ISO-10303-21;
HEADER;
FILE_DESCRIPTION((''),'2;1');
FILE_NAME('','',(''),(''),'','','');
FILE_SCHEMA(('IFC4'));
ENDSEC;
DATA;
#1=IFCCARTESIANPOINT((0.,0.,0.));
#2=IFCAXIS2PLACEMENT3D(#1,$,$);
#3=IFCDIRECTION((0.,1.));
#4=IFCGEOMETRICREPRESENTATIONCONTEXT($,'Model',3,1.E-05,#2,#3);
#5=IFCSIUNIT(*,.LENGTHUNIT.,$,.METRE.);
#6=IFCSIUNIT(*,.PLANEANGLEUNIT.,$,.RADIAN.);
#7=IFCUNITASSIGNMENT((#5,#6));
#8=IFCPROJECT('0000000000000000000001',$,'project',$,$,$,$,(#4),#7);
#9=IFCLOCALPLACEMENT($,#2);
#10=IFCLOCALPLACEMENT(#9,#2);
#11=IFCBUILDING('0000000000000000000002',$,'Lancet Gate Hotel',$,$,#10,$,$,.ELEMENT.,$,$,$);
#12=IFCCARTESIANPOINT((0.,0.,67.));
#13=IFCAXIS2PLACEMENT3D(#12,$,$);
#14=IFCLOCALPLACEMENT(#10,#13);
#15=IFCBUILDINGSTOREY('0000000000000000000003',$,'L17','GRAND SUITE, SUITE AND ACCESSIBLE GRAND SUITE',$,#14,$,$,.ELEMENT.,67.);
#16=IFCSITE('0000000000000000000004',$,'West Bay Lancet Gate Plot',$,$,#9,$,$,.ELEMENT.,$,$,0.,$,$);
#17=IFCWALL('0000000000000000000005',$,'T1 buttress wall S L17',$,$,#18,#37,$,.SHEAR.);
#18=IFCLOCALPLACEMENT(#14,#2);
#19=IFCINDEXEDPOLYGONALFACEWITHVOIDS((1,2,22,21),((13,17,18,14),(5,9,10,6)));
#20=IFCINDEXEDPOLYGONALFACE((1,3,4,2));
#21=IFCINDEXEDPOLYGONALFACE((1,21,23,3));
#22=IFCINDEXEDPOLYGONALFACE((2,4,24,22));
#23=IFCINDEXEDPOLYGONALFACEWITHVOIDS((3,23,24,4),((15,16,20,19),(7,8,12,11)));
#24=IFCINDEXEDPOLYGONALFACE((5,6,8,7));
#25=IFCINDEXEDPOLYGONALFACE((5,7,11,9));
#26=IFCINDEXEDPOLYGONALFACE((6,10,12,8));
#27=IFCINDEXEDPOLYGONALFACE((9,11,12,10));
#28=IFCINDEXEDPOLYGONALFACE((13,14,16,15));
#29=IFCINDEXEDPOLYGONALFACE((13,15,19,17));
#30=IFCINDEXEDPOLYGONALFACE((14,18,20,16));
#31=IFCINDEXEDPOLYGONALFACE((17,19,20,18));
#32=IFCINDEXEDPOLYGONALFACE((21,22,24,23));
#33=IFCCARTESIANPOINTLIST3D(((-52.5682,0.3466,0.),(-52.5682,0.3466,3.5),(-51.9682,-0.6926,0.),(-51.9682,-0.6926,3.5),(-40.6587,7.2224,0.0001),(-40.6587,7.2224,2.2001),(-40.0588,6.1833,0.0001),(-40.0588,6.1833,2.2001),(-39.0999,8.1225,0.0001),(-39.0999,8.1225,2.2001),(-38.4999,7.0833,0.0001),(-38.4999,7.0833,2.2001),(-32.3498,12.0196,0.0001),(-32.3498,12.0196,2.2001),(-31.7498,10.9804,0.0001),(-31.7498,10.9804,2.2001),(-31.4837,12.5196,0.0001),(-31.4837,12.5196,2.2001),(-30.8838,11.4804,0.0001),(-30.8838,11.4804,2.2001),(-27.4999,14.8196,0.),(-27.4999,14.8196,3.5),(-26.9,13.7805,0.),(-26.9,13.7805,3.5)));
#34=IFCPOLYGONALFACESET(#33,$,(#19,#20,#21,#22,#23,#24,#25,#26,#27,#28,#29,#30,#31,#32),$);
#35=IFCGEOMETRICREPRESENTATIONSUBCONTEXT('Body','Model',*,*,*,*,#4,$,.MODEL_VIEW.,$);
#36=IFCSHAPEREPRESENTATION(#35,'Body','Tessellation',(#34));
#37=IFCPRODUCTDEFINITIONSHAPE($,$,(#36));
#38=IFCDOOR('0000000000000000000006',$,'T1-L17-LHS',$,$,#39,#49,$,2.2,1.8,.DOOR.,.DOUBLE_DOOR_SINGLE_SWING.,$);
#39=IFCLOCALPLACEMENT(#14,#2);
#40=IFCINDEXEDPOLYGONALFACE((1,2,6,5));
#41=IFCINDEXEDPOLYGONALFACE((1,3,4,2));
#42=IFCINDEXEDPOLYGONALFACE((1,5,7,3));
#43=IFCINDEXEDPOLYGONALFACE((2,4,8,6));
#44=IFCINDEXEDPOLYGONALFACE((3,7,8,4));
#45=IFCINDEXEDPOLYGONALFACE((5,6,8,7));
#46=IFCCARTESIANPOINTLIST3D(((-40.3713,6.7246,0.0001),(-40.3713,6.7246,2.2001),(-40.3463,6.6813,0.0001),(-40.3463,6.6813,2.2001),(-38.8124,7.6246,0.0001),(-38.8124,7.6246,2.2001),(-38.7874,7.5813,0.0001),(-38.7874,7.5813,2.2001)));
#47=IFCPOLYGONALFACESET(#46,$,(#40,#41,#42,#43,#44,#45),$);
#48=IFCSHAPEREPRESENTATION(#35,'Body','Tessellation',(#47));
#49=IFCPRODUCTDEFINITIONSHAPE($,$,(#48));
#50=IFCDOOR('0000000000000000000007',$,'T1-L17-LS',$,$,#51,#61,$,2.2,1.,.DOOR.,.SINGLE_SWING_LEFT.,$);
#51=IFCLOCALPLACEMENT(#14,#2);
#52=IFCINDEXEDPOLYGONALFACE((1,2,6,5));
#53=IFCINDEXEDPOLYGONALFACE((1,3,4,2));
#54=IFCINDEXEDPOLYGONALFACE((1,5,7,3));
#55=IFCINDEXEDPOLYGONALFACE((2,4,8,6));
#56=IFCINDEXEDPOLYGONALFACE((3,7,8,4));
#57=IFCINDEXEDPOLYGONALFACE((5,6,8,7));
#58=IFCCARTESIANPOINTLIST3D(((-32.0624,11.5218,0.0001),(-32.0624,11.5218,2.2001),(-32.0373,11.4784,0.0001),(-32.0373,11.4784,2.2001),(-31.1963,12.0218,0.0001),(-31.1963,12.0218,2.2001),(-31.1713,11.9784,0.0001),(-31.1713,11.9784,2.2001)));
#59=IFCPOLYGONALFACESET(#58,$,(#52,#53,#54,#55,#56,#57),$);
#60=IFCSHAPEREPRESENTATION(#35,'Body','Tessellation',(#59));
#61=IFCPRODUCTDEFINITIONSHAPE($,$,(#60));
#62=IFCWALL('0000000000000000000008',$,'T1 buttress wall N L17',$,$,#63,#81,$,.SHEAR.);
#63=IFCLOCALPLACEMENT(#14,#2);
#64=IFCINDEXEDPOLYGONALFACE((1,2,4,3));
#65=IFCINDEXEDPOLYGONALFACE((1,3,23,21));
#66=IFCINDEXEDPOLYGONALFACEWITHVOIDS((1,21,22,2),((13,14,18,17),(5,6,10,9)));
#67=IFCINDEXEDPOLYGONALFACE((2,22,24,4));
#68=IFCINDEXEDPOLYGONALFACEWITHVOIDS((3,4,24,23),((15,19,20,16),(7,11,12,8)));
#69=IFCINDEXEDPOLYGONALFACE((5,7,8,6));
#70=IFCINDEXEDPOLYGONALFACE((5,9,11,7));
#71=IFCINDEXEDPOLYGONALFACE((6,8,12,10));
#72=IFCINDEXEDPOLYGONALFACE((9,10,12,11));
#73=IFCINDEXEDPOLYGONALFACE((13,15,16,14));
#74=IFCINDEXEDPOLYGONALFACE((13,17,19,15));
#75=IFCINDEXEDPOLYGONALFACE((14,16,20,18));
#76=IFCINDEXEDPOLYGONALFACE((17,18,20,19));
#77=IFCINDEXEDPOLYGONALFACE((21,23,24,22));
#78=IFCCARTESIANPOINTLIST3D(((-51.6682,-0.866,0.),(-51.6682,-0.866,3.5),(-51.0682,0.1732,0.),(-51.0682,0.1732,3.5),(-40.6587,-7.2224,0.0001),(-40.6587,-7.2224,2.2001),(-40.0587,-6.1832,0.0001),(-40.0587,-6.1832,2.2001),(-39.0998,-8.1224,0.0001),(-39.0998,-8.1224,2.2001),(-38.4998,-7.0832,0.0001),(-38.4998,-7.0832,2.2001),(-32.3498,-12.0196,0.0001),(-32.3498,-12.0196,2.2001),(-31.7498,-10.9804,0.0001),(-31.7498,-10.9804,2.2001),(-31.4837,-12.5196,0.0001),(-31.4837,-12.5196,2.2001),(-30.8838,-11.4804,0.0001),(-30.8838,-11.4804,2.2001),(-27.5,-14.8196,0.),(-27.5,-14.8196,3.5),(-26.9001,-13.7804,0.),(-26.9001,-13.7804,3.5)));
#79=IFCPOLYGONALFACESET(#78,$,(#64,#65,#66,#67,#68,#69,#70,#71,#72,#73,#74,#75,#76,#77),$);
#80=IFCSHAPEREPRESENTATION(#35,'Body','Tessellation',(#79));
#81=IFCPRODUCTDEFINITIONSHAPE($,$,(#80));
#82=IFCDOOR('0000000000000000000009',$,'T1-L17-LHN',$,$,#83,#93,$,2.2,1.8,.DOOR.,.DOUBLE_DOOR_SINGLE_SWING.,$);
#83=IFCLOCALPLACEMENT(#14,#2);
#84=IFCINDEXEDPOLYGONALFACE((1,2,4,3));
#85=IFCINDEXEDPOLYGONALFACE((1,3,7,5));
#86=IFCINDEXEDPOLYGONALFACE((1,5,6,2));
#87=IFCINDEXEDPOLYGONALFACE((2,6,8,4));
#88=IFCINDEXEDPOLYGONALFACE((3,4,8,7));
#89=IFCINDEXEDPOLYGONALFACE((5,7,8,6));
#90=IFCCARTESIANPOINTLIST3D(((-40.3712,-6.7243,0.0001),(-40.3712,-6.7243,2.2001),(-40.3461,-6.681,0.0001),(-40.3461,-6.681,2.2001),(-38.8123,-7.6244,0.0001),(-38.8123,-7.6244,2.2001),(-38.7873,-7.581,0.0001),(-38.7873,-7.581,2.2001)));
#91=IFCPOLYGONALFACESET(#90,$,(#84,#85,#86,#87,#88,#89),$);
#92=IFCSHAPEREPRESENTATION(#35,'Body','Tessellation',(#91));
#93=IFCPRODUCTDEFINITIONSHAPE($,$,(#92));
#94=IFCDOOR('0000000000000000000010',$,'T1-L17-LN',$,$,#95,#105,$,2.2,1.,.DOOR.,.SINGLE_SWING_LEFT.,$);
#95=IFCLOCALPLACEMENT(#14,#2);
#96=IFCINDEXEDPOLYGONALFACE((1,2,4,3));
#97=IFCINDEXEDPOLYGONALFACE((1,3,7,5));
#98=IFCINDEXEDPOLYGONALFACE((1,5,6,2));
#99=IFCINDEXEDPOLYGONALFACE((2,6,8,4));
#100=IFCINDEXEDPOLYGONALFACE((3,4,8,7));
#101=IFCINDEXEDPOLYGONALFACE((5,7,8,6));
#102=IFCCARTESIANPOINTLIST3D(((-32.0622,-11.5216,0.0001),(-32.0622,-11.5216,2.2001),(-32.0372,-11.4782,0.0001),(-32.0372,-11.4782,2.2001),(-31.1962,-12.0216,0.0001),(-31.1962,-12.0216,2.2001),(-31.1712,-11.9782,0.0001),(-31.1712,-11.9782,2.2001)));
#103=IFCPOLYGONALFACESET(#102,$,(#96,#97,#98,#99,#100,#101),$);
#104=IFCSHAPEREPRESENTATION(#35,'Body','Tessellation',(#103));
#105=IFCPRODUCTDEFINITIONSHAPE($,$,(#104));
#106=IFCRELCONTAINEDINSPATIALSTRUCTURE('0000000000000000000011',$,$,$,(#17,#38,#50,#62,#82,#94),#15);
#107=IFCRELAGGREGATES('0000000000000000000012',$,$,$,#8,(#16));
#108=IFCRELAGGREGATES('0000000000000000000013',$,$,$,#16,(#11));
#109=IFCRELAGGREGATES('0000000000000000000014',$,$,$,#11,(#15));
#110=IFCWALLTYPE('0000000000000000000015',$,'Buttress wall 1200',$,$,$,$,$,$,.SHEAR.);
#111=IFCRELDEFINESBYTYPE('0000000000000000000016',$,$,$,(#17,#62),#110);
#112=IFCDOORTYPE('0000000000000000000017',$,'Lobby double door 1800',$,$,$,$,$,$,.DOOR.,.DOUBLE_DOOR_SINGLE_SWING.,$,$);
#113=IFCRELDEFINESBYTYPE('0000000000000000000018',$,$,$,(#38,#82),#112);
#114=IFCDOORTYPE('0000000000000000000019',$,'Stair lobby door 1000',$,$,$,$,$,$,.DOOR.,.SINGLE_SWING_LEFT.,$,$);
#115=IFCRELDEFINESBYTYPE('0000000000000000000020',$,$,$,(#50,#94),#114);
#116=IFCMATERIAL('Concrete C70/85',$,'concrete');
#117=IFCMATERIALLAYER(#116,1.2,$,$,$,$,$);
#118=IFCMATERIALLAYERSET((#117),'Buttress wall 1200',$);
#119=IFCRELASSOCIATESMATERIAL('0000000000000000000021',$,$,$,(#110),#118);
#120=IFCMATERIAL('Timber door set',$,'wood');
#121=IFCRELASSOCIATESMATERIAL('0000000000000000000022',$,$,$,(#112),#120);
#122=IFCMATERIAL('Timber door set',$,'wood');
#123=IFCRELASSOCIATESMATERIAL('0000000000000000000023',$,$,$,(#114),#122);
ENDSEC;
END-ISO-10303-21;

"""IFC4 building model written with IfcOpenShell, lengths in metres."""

from ifc_helpers import new_model, si_unit, direction, frame, frame_2d, origin, place, context, subcontext, project, spatial, rectangle, extrude, material, layer, layer_set, type_object, element, fill, save


model = new_model("IFC4")

# Units and contexts
model_context = context("Model", 3, precision=1e-05, world=origin(), true_north=direction((0.0, 1.0)))
body_context = subcontext(model_context, "Body", "Model", "MODEL_VIEW")
ifc_project = project(units=[si_unit("LENGTHUNIT", "METRE"), si_unit("PLANEANGLEUNIT", "RADIAN")], contexts=[model_context])

# Site, building, storey
site_placement = place(None, origin())
site = spatial("IfcSite", under=ifc_project, at=site_placement, Name="West Bay Lancet Gate Plot", CompositionType="ELEMENT", RefElevation=0.0)
building_placement = place(site_placement, origin())
building = spatial("IfcBuilding", under=site, at=building_placement, Name="Lancet Gate Hotel", CompositionType="ELEMENT")
storey_placement = place(building_placement, frame((0.0, 0.0, 67.0)))
storey = spatial("IfcBuildingStorey", under=building, at=storey_placement, Name="L17", Description="GRAND SUITE, SUITE AND ACCESSIBLE GRAND SUITE", CompositionType="ELEMENT", Elevation=67.0)

# Walls, openings, doors
ifc_material_1 = material(Name="Concrete C70/85", Category="concrete")
ifc_layer_1 = layer(ifc_material_1, 1.2)
ifc_layer_set_1 = layer_set([ifc_layer_1], Name="Buttress wall 1200")
wall_type = type_object("IfcWallType", Name="Buttress wall 1200", PredefinedType="SHEAR", material=ifc_layer_set_1)
wall_1_placement = place(storey_placement, frame((-27.2, 14.3, 0.0), z_axis=(0.0, 0.0, 1.0), x_axis=(-0.866027, -0.499998, 0.0)))
wall_1 = element("IfcWall", 1, at=wall_1_placement, inside=storey, type_object=wall_type, Name="T1 buttress wall S L17", PredefinedType="SHEAR", context=body_context, shape_type="SweptSolid", body=[
    extrude(rectangle(XDim=28.9463, YDim=1.2, at=frame_2d((14.4731, 0.0))), origin(), (0.0, 0.0, 1.0), 3.5),
])
opening_1_placement = place(wall_1_placement, frame((4.6001, 0.0, 0.0)))
opening_1 = element("IfcOpeningElement", 2, at=opening_1_placement, cuts=wall_1, PredefinedType="OPENING", context=body_context, shape_type="SweptSolid", body=[
    extrude(rectangle(XDim=1.0, YDim=2.2, at=frame_2d((0.5, 1.1001))), frame((0.0, 0.6099, 0.0), z_axis=(0.0, -1.0, 0.0), x_axis=(1.0, 0.0, 0.0)), (0.0, 0.0, 1.0), 1.22),
])
opening_2_placement = place(wall_1_placement, frame((13.3945, 0.0, 0.0)))
opening_2 = element("IfcOpeningElement", 3, at=opening_2_placement, cuts=wall_1, PredefinedType="OPENING", context=body_context, shape_type="SweptSolid", body=[
    extrude(rectangle(XDim=1.8, YDim=2.2, at=frame_2d((0.8999, 1.1001))), frame((0.0, 0.6099, 0.0), z_axis=(0.0, -1.0, 0.0), x_axis=(1.0, 0.0, 0.0)), (0.0, 0.0, 1.0), 1.22),
])
ifc_material_2 = material(Name="Timber door set", Category="wood")
door_type_1 = type_object("IfcDoorType", Name="Lobby double door 1800", OperationType="DOUBLE_DOOR_SINGLE_SWING", PredefinedType="DOOR", material=ifc_material_2)
door_1_placement = place(opening_2_placement, origin())
door_1 = element("IfcDoor", 4, at=door_1_placement, inside=storey, type_object=door_type_1, Name="T1-L17-LHS", OperationType="DOUBLE_DOOR_SINGLE_SWING", OverallHeight=2.2, OverallWidth=1.8, PredefinedType="DOOR", context=body_context, shape_type="SweptSolid", body=[
    extrude(rectangle(XDim=1.8, YDim=2.2, at=frame_2d((0.8999, 1.1001))), frame((0.0, 0.0249, 0.0), z_axis=(0.0, -1.0, 0.0), x_axis=(1.0, 0.0, 0.0)), (0.0, 0.0, 1.0), 0.05),
])
fill(opening_2, door_1)
ifc_material_3 = material(Name="Timber door set", Category="wood")
door_type_2 = type_object("IfcDoorType", Name="Stair lobby door 1000", OperationType="SINGLE_SWING_LEFT", PredefinedType="DOOR", material=ifc_material_3)
door_2_placement = place(opening_1_placement, origin())
door_2 = element("IfcDoor", 5, at=door_2_placement, inside=storey, type_object=door_type_2, Name="T1-L17-LS", OperationType="SINGLE_SWING_LEFT", OverallHeight=2.2, OverallWidth=1.0, PredefinedType="DOOR", context=body_context, shape_type="SweptSolid", body=[
    extrude(rectangle(XDim=1.0, YDim=2.2, at=frame_2d((0.5, 1.1001))), frame((0.0, 0.0249, 0.0), z_axis=(0.0, -1.0, 0.0), x_axis=(1.0, 0.0, 0.0)), (0.0, 0.0, 1.0), 0.05),
])
fill(opening_1, door_2)
wall_2_placement = place(storey_placement, frame((-27.2, -14.3, 0.0), z_axis=(0.0, 0.0, 1.0), x_axis=(-0.866024, 0.500002, 0.0)))
wall_2 = element("IfcWall", 6, at=wall_2_placement, inside=storey, type_object=wall_type, Name="T1 buttress wall N L17", PredefinedType="SHEAR", context=body_context, shape_type="SweptSolid", body=[
    extrude(rectangle(XDim=27.907, YDim=1.2, at=frame_2d((13.9536, 0.0))), origin(), (0.0, 0.0, 1.0), 3.5),
])
opening_3_placement = place(wall_2_placement, frame((4.6001, 0.0, 0.0)))
opening_3 = element("IfcOpeningElement", 7, at=opening_3_placement, cuts=wall_2, PredefinedType="OPENING", context=body_context, shape_type="SweptSolid", body=[
    extrude(rectangle(XDim=1.0, YDim=2.2, at=frame_2d((0.5, 1.1001))), frame((0.0, 0.6099, 0.0), z_axis=(0.0, -1.0, 0.0), x_axis=(1.0, 0.0, 0.0)), (0.0, 0.0, 1.0), 1.22),
])
opening_4_placement = place(wall_2_placement, frame((13.3945, 0.0, 0.0)))
opening_4 = element("IfcOpeningElement", 8, at=opening_4_placement, cuts=wall_2, PredefinedType="OPENING", context=body_context, shape_type="SweptSolid", body=[
    extrude(rectangle(XDim=1.8, YDim=2.2, at=frame_2d((0.8999, 1.1001))), frame((0.0, 0.6099, 0.0), z_axis=(0.0, -1.0, 0.0), x_axis=(1.0, 0.0, 0.0)), (0.0, 0.0, 1.0), 1.22),
])
door_3_placement = place(opening_4_placement, origin())
door_3 = element("IfcDoor", 9, at=door_3_placement, inside=storey, type_object=door_type_1, Name="T1-L17-LHN", OperationType="DOUBLE_DOOR_SINGLE_SWING", OverallHeight=2.2, OverallWidth=1.8, PredefinedType="DOOR", context=body_context, shape_type="SweptSolid", body=[
    extrude(rectangle(XDim=1.8, YDim=2.2, at=frame_2d((0.8999, 1.1001))), frame((0.0, 0.0249, 0.0), z_axis=(0.0, -1.0, 0.0), x_axis=(1.0, 0.0, 0.0)), (0.0, 0.0, 1.0), 0.05),
])
fill(opening_4, door_3)
door_4_placement = place(opening_3_placement, origin())
door_4 = element("IfcDoor", 10, at=door_4_placement, inside=storey, type_object=door_type_2, Name="T1-L17-LN", OperationType="SINGLE_SWING_LEFT", OverallHeight=2.2, OverallWidth=1.0, PredefinedType="DOOR", context=body_context, shape_type="SweptSolid", body=[
    extrude(rectangle(XDim=1.0, YDim=2.2, at=frame_2d((0.5, 1.1001))), frame((0.0, 0.0249, 0.0), z_axis=(0.0, -1.0, 0.0), x_axis=(1.0, 0.0, 0.0)), (0.0, 0.0, 1.0), 0.05),
])
fill(opening_3, door_4)

save(model, "model.ifc")
